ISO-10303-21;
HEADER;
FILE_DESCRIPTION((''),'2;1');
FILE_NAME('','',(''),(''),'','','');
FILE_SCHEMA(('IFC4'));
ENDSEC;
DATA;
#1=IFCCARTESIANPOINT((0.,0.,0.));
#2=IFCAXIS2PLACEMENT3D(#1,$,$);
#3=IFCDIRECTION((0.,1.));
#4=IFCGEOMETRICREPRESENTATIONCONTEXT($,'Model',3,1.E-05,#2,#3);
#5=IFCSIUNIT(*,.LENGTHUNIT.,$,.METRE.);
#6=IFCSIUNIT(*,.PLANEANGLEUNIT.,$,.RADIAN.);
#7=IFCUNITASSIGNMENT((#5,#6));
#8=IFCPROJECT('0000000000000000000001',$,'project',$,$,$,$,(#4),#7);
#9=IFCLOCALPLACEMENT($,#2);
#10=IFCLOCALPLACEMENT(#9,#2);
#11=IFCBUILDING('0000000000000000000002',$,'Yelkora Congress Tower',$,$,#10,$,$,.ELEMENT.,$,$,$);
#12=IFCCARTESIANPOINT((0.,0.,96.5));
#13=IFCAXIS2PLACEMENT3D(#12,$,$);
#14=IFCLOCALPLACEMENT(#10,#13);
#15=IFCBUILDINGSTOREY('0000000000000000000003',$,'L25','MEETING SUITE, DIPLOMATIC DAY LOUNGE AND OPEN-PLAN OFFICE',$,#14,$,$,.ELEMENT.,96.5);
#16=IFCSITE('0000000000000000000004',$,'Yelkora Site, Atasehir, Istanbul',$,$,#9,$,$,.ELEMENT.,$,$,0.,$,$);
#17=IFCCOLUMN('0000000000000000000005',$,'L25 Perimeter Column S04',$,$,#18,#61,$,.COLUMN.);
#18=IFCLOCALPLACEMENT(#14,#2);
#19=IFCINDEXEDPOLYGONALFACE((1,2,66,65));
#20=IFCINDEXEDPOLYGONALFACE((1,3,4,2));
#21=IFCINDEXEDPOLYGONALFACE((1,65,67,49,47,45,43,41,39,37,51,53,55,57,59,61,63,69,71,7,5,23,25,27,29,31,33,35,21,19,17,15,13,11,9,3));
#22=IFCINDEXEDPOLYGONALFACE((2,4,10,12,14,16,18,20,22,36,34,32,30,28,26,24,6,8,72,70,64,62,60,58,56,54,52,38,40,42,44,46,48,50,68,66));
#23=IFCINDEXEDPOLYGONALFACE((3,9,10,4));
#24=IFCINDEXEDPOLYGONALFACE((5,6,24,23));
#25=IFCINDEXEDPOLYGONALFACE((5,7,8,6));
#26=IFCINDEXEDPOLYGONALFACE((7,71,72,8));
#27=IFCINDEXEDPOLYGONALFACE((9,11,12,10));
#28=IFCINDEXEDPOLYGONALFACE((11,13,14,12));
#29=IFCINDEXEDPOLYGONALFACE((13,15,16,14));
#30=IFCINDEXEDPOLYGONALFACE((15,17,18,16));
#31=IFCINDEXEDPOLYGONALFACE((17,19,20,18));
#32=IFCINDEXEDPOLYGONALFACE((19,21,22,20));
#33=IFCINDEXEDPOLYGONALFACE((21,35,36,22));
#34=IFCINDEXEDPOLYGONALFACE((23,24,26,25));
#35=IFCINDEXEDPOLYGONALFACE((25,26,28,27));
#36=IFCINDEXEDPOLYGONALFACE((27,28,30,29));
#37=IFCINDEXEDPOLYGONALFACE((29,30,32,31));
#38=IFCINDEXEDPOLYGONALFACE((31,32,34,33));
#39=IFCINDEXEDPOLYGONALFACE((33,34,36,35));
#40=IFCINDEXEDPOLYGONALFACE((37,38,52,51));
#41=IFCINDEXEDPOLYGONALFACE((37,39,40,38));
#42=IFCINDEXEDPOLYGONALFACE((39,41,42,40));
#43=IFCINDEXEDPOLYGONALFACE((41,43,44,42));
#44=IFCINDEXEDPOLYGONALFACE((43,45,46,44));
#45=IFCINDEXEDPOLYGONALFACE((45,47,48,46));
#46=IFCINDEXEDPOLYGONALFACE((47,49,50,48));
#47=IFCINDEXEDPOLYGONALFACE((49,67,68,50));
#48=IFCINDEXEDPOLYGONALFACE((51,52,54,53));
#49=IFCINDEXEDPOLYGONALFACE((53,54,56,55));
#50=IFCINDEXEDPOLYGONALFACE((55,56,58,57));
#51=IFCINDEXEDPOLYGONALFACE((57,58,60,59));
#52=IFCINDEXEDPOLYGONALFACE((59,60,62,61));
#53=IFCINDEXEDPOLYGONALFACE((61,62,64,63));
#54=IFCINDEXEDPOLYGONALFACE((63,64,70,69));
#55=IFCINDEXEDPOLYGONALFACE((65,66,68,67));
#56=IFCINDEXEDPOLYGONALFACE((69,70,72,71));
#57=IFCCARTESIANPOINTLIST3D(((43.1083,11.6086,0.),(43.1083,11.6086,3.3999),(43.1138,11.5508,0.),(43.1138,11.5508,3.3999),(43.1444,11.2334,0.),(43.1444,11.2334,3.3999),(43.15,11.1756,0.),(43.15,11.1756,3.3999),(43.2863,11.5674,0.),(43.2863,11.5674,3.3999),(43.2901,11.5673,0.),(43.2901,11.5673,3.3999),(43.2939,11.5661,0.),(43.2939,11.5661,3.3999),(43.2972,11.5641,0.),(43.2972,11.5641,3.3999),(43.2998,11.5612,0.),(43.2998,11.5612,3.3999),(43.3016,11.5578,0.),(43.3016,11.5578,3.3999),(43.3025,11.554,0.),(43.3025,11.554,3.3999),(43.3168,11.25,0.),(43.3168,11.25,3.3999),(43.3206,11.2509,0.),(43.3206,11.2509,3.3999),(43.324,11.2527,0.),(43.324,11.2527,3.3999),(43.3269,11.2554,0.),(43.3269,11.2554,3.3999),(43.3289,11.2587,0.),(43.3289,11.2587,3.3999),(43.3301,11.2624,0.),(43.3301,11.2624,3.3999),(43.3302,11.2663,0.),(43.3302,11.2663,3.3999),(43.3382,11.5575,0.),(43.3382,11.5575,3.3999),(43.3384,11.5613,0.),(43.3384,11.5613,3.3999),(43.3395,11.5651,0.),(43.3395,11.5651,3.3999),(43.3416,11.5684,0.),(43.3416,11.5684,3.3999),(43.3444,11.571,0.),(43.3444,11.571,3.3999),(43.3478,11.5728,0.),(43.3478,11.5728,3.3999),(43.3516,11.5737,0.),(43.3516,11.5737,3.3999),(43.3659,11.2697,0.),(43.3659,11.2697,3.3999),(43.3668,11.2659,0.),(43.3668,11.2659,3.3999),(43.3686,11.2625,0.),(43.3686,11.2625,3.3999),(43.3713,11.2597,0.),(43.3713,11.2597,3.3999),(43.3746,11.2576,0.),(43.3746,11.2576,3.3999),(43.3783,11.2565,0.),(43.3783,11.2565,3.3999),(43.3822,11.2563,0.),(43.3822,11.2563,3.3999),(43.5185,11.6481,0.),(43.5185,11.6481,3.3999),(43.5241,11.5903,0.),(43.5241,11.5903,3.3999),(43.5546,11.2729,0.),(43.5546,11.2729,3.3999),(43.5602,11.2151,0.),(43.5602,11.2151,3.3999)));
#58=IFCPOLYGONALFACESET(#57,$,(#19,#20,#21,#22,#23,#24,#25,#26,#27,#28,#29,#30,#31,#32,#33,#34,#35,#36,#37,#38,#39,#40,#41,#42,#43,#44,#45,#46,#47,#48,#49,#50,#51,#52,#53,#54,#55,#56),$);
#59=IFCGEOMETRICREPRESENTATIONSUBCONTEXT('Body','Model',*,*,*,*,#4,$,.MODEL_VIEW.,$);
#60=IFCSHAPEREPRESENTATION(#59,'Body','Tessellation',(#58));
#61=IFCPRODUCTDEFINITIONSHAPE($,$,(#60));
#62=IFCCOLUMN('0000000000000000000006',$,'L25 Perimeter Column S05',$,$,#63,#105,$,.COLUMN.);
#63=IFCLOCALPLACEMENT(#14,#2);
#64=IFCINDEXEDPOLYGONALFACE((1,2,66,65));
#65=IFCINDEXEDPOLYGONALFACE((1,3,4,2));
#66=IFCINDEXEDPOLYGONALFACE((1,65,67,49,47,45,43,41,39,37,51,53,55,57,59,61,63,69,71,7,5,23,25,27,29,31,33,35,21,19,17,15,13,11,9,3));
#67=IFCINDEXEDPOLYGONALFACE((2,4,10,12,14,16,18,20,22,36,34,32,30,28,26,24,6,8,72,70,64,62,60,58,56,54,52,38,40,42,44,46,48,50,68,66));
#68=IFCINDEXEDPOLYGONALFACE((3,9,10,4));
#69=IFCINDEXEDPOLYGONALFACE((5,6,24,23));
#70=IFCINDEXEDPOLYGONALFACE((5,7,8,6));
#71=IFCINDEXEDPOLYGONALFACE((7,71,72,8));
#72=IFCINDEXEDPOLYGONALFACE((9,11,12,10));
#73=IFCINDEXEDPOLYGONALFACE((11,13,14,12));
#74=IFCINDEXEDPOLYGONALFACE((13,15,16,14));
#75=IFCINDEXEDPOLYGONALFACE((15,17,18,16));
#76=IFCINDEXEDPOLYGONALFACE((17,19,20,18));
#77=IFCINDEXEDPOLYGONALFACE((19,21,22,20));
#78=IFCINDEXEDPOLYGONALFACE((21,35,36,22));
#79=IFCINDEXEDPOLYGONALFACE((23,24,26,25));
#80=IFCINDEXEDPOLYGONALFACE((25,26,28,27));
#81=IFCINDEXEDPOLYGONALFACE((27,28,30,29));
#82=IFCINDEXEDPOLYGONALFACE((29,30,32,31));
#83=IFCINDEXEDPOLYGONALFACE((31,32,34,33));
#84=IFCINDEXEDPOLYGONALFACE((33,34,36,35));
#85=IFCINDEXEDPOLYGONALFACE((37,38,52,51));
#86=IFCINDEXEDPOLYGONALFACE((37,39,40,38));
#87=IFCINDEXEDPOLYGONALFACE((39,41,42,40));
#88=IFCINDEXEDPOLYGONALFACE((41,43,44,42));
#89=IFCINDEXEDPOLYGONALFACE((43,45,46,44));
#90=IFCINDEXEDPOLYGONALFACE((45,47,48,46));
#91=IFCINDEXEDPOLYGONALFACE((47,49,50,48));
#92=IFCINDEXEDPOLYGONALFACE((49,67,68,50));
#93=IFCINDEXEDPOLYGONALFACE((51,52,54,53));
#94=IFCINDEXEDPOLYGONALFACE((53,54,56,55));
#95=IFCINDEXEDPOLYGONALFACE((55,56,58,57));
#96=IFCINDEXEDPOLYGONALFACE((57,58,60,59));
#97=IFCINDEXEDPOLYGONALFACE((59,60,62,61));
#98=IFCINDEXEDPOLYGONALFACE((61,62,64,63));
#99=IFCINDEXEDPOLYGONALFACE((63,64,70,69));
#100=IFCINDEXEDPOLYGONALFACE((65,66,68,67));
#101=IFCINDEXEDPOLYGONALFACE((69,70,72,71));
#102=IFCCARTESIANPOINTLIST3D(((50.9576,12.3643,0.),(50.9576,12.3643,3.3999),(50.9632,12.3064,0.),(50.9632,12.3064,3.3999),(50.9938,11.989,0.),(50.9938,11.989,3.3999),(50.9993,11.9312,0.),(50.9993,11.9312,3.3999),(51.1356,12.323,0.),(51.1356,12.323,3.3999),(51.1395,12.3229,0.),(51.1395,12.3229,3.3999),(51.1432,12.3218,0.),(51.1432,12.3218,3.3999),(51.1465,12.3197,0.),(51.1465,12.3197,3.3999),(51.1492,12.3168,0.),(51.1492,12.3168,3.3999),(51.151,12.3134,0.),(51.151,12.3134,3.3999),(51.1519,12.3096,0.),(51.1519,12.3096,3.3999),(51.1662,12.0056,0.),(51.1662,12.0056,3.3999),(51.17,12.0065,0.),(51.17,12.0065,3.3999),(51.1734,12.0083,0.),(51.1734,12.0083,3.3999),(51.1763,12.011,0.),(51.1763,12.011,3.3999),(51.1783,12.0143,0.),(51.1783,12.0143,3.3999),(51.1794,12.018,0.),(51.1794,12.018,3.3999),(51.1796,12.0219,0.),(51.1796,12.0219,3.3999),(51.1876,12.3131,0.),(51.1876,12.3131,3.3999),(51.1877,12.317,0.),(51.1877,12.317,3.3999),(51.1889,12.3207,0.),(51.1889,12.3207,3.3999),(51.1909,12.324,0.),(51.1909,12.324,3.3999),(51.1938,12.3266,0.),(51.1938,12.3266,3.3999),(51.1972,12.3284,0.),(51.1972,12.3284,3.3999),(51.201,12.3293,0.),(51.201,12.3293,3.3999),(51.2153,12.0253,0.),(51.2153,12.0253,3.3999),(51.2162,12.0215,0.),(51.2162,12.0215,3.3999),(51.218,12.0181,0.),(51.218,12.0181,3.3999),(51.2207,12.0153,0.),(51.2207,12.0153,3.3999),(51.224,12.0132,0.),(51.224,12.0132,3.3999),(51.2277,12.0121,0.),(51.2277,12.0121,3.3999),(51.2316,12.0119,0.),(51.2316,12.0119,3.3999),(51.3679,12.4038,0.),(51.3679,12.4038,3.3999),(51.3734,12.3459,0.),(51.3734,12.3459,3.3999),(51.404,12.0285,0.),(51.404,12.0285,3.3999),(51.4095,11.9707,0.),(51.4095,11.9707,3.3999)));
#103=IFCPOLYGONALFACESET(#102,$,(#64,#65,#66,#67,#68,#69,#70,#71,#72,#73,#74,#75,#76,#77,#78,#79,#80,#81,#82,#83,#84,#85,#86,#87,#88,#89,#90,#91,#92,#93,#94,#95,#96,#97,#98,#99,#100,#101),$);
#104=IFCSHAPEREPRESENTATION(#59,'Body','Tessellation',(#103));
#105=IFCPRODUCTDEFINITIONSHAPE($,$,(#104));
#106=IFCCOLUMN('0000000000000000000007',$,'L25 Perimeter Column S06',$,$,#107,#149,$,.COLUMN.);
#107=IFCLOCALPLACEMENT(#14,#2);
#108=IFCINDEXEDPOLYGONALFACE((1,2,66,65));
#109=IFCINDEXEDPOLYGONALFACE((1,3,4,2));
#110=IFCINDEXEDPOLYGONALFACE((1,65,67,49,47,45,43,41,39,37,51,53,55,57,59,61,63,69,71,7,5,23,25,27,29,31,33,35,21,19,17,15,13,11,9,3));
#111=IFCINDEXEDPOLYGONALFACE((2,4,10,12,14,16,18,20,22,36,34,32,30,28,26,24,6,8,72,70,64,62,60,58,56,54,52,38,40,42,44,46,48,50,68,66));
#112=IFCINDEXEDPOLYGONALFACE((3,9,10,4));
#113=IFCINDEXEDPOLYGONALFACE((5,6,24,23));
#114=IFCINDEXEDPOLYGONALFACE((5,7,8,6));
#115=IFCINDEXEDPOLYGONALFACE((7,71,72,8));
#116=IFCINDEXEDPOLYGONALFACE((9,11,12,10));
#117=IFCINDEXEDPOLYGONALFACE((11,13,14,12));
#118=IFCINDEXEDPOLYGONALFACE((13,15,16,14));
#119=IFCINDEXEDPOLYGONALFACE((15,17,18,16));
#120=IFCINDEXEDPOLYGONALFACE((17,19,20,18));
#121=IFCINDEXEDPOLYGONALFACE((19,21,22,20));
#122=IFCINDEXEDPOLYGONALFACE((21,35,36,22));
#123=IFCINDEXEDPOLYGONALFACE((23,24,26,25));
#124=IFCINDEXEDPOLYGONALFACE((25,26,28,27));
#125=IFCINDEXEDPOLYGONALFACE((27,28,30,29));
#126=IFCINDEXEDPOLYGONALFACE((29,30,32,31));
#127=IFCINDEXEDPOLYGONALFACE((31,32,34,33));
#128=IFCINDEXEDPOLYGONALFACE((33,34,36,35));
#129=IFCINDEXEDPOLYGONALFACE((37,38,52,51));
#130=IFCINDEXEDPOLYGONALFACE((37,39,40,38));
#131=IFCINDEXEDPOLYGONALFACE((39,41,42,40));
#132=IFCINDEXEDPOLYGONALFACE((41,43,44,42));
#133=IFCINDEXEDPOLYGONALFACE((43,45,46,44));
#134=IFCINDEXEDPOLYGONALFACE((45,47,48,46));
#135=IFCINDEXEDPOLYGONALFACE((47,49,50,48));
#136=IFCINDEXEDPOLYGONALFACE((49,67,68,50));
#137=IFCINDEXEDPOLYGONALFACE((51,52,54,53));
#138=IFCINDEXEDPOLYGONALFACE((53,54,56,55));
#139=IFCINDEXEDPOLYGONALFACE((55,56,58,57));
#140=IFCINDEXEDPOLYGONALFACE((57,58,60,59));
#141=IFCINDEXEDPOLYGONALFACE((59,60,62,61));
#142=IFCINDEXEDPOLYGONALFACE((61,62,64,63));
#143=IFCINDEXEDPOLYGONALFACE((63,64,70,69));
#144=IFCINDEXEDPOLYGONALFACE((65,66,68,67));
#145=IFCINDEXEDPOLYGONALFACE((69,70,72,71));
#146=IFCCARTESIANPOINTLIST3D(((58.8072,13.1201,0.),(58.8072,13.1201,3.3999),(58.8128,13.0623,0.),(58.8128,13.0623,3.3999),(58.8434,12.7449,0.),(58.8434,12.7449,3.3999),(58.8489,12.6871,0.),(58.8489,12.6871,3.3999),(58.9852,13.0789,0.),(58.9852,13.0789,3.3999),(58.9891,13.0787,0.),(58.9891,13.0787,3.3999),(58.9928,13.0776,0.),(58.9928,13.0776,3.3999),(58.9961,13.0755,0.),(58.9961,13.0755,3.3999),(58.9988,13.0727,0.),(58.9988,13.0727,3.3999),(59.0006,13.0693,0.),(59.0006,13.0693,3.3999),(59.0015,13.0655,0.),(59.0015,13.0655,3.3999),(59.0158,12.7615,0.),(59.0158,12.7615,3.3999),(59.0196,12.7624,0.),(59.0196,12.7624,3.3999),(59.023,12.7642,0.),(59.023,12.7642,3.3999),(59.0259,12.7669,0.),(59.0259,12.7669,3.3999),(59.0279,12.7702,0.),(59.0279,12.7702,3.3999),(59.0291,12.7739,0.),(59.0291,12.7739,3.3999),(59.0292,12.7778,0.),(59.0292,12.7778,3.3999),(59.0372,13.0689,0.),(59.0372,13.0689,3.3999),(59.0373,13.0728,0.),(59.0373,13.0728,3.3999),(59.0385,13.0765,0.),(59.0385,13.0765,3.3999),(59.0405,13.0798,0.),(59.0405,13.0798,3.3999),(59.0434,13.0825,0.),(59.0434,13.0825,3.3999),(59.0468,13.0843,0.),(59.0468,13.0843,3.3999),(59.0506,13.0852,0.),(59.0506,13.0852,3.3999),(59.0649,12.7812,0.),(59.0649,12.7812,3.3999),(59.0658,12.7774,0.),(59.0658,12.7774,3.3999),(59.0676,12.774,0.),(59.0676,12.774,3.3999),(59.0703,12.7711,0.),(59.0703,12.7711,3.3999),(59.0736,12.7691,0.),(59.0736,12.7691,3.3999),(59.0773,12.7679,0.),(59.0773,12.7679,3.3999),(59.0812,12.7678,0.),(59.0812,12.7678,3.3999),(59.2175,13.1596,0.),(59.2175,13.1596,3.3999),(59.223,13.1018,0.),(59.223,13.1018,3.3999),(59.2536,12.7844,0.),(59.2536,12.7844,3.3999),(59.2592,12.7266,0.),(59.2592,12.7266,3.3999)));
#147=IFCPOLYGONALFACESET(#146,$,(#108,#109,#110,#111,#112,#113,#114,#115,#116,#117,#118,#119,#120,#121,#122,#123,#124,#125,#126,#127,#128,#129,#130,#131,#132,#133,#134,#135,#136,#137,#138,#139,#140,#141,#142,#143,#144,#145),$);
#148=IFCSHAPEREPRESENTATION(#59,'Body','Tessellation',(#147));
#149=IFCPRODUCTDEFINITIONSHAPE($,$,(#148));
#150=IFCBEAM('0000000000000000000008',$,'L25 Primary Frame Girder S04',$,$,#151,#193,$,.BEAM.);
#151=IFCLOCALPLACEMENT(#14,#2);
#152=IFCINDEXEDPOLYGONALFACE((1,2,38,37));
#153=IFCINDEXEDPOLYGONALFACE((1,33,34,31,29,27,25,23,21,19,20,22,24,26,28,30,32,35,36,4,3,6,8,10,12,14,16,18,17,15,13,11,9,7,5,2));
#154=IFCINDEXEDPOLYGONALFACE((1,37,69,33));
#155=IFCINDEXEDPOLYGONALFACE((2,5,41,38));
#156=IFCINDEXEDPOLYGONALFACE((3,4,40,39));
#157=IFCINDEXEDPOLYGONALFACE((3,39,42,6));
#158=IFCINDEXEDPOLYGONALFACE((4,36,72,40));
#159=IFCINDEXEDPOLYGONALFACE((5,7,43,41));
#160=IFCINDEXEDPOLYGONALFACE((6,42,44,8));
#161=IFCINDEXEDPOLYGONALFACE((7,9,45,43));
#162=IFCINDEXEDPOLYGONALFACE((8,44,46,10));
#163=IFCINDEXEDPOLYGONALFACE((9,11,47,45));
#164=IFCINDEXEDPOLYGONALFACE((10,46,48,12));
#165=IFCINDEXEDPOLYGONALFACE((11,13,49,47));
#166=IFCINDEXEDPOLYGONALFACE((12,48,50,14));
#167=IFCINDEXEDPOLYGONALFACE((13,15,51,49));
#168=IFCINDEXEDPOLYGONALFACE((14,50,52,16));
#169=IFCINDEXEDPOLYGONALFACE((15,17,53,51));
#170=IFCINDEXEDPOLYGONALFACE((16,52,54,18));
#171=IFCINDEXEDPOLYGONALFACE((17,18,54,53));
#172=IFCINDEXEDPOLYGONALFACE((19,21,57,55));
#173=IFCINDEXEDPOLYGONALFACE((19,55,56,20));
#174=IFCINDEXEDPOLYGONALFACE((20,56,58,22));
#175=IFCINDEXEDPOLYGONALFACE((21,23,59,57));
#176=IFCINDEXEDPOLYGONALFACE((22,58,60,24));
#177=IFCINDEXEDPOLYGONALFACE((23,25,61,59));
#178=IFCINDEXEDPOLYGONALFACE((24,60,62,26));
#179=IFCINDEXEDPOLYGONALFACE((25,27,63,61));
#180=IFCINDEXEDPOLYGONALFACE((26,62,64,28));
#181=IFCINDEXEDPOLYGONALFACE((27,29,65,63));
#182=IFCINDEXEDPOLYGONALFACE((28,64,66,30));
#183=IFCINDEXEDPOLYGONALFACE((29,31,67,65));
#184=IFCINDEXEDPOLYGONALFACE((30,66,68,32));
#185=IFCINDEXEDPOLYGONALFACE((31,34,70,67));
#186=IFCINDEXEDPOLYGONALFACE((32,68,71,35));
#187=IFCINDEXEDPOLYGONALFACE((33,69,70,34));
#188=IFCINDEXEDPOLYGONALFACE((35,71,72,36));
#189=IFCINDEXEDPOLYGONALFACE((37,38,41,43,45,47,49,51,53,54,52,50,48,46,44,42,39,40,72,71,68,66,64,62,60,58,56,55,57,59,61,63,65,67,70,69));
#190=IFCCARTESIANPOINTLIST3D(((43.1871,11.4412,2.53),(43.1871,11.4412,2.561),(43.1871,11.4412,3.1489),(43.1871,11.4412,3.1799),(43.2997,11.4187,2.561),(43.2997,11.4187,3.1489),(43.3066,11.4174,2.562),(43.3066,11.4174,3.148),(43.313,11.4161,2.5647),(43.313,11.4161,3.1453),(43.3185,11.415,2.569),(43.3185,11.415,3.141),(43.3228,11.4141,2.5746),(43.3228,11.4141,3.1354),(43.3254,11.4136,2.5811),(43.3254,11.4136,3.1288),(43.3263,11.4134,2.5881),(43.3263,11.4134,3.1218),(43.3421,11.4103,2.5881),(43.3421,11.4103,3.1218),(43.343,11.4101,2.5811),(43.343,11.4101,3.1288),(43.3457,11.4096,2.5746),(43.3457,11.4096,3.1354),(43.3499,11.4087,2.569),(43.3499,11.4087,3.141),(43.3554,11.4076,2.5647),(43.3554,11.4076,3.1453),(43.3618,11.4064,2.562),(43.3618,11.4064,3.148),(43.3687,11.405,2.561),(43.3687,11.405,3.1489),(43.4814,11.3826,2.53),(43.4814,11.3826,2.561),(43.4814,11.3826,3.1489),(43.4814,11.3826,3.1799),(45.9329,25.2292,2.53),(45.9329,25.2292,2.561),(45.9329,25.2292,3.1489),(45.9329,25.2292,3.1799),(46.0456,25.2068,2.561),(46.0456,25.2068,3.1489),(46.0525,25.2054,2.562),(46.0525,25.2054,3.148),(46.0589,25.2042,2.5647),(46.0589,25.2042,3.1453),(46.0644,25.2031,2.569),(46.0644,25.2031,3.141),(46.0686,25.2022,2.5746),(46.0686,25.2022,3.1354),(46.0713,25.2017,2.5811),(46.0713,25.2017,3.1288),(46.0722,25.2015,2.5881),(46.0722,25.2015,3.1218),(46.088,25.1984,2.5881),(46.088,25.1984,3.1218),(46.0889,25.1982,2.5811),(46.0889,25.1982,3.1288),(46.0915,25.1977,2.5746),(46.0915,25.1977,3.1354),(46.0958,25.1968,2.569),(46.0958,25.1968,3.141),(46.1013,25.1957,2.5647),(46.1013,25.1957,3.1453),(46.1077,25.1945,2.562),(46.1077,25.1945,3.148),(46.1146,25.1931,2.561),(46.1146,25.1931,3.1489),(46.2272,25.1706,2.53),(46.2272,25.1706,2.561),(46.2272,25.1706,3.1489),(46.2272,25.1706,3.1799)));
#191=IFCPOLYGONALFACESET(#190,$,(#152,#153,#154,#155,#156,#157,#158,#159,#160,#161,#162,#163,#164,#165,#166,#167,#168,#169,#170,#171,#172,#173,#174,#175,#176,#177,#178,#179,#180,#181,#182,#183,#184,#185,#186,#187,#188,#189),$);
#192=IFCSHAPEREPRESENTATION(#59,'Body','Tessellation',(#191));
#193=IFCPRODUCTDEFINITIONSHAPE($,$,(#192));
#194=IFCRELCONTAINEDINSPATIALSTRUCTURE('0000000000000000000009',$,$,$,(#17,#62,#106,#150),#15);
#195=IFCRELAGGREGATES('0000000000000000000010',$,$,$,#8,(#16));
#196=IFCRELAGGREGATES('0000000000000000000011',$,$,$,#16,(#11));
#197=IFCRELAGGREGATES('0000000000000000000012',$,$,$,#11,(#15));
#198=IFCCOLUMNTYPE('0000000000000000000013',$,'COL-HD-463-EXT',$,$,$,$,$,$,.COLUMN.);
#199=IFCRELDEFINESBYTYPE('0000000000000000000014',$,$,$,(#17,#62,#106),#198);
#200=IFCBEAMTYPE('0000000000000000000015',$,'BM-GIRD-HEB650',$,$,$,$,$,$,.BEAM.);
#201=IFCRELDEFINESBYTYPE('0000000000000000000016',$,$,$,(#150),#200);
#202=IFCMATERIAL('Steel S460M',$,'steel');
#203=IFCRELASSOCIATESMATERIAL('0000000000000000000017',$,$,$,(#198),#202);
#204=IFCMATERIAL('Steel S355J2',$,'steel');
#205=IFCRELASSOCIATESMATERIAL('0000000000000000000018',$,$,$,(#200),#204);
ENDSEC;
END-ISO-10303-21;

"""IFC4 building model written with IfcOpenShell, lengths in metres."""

from ifc_helpers import new_model, si_unit, direction, frame, origin, origin_2d, place, context, subcontext, project, spatial, i_section, extrude, material, material_profile, profile_set, type_object, element, save


model = new_model("IFC4")

# Units and contexts
model_context = context("Model", 3, precision=1e-05, world=origin(), true_north=direction((0.0, 1.0)))
body_context = subcontext(model_context, "Body", "Model", "MODEL_VIEW")
ifc_project = project(units=[si_unit("LENGTHUNIT", "METRE"), si_unit("PLANEANGLEUNIT", "RADIAN")], contexts=[model_context])

# Site, building, storey
site_placement = place(None, origin())
site = spatial("IfcSite", under=ifc_project, at=site_placement, Name="Yelkora Site, Atasehir, Istanbul", CompositionType="ELEMENT", RefElevation=0.0)
building_placement = place(site_placement, origin())
building = spatial("IfcBuilding", under=site, at=building_placement, Name="Yelkora Congress Tower", CompositionType="ELEMENT")
storey_placement = place(building_placement, frame((0.0, 0.0, 96.5)))
storey = spatial("IfcBuildingStorey", under=building, at=storey_placement, Name="L25", Description="MEETING SUITE, DIPLOMATIC DAY LOUNGE AND OPEN-PLAN OFFICE", CompositionType="ELEMENT", Elevation=96.5)

# Columns
ifc_material_1 = material(Name="Steel S460M", Category="steel")
ifc_material_profile_1 = material_profile(ifc_material_1, i_section(OverallWidth=0.4121, OverallDepth=0.4351, WebThickness=0.0359, FlangeThickness=0.0581, FilletRadius=0.0149, at=origin_2d()), Name="HD 400x463")
ifc_profile_set_1 = profile_set([ifc_material_profile_1], Name="Steel S460M")
column_type = type_object("IfcColumnType", Name="COL-HD-463-EXT", PredefinedType="COLUMN", material=ifc_profile_set_1)
for number, where, z_axis, x_axis, name in (
    (1, (43.3342, 11.4119, 0.0), (0.0, 0.0, 1.0), (0.995396, 0.095846, 0.0), "L25 Perimeter Column S04"),
    (2, (51.1836, 12.1675, 0.0), (0.0, 0.0, 1.0), (0.995396, 0.095846, 0.0), "L25 Perimeter Column S05"),
    (3, (59.0332, 12.9233, 0.0), (0.0, 0.0, 1.0), (0.995396, 0.095846, 0.0), "L25 Perimeter Column S06"),
):
    element("IfcColumn", number, at=place(storey_placement, frame(where, z_axis=z_axis, x_axis=x_axis)), inside=storey, type_object=column_type, Name=name, PredefinedType="COLUMN", context=body_context, shape_type="SweptSolid", body=[
        extrude(i_section(OverallWidth=0.4121, OverallDepth=0.4351, WebThickness=0.0359, FlangeThickness=0.0581, FilletRadius=0.0149, at=origin_2d()), origin(), (0.0, 0.0, 1.0), 3.3999),
    ])

# Beam
ifc_material_2 = material(Name="Steel S355J2", Category="steel")
ifc_material_profile_2 = material_profile(ifc_material_2, i_section(OverallWidth=0.3, OverallDepth=0.6499, WebThickness=0.0161, FlangeThickness=0.031, FilletRadius=0.0271, at=origin_2d()), Name="HEB 650")
ifc_profile_set_2 = profile_set([ifc_material_profile_2], Name="Steel S355J2")
beam_type_1 = type_object("IfcBeamType", Name="BM-GIRD-HEB650", PredefinedType="BEAM", material=ifc_profile_set_2)
beam_1_placement = place(storey_placement, frame((43.3342, 11.4119, 2.855), z_axis=(0.195311, 0.980741, 0.0), x_axis=(-0.980741, 0.195311, 0.0)))
element("IfcBeam", 4, at=beam_1_placement, inside=storey, type_object=beam_type_1, Name="L25 Primary Frame Girder S04", PredefinedType="BEAM", context=body_context, shape_type="SweptSolid", body=[
    extrude(i_section(OverallWidth=0.3, OverallDepth=0.6499, WebThickness=0.0161, FlangeThickness=0.031, FilletRadius=0.0271, at=origin_2d()), origin(), (0.0, 0.0, 1.0), 14.0588),
])

save(model, "model.ifc")
